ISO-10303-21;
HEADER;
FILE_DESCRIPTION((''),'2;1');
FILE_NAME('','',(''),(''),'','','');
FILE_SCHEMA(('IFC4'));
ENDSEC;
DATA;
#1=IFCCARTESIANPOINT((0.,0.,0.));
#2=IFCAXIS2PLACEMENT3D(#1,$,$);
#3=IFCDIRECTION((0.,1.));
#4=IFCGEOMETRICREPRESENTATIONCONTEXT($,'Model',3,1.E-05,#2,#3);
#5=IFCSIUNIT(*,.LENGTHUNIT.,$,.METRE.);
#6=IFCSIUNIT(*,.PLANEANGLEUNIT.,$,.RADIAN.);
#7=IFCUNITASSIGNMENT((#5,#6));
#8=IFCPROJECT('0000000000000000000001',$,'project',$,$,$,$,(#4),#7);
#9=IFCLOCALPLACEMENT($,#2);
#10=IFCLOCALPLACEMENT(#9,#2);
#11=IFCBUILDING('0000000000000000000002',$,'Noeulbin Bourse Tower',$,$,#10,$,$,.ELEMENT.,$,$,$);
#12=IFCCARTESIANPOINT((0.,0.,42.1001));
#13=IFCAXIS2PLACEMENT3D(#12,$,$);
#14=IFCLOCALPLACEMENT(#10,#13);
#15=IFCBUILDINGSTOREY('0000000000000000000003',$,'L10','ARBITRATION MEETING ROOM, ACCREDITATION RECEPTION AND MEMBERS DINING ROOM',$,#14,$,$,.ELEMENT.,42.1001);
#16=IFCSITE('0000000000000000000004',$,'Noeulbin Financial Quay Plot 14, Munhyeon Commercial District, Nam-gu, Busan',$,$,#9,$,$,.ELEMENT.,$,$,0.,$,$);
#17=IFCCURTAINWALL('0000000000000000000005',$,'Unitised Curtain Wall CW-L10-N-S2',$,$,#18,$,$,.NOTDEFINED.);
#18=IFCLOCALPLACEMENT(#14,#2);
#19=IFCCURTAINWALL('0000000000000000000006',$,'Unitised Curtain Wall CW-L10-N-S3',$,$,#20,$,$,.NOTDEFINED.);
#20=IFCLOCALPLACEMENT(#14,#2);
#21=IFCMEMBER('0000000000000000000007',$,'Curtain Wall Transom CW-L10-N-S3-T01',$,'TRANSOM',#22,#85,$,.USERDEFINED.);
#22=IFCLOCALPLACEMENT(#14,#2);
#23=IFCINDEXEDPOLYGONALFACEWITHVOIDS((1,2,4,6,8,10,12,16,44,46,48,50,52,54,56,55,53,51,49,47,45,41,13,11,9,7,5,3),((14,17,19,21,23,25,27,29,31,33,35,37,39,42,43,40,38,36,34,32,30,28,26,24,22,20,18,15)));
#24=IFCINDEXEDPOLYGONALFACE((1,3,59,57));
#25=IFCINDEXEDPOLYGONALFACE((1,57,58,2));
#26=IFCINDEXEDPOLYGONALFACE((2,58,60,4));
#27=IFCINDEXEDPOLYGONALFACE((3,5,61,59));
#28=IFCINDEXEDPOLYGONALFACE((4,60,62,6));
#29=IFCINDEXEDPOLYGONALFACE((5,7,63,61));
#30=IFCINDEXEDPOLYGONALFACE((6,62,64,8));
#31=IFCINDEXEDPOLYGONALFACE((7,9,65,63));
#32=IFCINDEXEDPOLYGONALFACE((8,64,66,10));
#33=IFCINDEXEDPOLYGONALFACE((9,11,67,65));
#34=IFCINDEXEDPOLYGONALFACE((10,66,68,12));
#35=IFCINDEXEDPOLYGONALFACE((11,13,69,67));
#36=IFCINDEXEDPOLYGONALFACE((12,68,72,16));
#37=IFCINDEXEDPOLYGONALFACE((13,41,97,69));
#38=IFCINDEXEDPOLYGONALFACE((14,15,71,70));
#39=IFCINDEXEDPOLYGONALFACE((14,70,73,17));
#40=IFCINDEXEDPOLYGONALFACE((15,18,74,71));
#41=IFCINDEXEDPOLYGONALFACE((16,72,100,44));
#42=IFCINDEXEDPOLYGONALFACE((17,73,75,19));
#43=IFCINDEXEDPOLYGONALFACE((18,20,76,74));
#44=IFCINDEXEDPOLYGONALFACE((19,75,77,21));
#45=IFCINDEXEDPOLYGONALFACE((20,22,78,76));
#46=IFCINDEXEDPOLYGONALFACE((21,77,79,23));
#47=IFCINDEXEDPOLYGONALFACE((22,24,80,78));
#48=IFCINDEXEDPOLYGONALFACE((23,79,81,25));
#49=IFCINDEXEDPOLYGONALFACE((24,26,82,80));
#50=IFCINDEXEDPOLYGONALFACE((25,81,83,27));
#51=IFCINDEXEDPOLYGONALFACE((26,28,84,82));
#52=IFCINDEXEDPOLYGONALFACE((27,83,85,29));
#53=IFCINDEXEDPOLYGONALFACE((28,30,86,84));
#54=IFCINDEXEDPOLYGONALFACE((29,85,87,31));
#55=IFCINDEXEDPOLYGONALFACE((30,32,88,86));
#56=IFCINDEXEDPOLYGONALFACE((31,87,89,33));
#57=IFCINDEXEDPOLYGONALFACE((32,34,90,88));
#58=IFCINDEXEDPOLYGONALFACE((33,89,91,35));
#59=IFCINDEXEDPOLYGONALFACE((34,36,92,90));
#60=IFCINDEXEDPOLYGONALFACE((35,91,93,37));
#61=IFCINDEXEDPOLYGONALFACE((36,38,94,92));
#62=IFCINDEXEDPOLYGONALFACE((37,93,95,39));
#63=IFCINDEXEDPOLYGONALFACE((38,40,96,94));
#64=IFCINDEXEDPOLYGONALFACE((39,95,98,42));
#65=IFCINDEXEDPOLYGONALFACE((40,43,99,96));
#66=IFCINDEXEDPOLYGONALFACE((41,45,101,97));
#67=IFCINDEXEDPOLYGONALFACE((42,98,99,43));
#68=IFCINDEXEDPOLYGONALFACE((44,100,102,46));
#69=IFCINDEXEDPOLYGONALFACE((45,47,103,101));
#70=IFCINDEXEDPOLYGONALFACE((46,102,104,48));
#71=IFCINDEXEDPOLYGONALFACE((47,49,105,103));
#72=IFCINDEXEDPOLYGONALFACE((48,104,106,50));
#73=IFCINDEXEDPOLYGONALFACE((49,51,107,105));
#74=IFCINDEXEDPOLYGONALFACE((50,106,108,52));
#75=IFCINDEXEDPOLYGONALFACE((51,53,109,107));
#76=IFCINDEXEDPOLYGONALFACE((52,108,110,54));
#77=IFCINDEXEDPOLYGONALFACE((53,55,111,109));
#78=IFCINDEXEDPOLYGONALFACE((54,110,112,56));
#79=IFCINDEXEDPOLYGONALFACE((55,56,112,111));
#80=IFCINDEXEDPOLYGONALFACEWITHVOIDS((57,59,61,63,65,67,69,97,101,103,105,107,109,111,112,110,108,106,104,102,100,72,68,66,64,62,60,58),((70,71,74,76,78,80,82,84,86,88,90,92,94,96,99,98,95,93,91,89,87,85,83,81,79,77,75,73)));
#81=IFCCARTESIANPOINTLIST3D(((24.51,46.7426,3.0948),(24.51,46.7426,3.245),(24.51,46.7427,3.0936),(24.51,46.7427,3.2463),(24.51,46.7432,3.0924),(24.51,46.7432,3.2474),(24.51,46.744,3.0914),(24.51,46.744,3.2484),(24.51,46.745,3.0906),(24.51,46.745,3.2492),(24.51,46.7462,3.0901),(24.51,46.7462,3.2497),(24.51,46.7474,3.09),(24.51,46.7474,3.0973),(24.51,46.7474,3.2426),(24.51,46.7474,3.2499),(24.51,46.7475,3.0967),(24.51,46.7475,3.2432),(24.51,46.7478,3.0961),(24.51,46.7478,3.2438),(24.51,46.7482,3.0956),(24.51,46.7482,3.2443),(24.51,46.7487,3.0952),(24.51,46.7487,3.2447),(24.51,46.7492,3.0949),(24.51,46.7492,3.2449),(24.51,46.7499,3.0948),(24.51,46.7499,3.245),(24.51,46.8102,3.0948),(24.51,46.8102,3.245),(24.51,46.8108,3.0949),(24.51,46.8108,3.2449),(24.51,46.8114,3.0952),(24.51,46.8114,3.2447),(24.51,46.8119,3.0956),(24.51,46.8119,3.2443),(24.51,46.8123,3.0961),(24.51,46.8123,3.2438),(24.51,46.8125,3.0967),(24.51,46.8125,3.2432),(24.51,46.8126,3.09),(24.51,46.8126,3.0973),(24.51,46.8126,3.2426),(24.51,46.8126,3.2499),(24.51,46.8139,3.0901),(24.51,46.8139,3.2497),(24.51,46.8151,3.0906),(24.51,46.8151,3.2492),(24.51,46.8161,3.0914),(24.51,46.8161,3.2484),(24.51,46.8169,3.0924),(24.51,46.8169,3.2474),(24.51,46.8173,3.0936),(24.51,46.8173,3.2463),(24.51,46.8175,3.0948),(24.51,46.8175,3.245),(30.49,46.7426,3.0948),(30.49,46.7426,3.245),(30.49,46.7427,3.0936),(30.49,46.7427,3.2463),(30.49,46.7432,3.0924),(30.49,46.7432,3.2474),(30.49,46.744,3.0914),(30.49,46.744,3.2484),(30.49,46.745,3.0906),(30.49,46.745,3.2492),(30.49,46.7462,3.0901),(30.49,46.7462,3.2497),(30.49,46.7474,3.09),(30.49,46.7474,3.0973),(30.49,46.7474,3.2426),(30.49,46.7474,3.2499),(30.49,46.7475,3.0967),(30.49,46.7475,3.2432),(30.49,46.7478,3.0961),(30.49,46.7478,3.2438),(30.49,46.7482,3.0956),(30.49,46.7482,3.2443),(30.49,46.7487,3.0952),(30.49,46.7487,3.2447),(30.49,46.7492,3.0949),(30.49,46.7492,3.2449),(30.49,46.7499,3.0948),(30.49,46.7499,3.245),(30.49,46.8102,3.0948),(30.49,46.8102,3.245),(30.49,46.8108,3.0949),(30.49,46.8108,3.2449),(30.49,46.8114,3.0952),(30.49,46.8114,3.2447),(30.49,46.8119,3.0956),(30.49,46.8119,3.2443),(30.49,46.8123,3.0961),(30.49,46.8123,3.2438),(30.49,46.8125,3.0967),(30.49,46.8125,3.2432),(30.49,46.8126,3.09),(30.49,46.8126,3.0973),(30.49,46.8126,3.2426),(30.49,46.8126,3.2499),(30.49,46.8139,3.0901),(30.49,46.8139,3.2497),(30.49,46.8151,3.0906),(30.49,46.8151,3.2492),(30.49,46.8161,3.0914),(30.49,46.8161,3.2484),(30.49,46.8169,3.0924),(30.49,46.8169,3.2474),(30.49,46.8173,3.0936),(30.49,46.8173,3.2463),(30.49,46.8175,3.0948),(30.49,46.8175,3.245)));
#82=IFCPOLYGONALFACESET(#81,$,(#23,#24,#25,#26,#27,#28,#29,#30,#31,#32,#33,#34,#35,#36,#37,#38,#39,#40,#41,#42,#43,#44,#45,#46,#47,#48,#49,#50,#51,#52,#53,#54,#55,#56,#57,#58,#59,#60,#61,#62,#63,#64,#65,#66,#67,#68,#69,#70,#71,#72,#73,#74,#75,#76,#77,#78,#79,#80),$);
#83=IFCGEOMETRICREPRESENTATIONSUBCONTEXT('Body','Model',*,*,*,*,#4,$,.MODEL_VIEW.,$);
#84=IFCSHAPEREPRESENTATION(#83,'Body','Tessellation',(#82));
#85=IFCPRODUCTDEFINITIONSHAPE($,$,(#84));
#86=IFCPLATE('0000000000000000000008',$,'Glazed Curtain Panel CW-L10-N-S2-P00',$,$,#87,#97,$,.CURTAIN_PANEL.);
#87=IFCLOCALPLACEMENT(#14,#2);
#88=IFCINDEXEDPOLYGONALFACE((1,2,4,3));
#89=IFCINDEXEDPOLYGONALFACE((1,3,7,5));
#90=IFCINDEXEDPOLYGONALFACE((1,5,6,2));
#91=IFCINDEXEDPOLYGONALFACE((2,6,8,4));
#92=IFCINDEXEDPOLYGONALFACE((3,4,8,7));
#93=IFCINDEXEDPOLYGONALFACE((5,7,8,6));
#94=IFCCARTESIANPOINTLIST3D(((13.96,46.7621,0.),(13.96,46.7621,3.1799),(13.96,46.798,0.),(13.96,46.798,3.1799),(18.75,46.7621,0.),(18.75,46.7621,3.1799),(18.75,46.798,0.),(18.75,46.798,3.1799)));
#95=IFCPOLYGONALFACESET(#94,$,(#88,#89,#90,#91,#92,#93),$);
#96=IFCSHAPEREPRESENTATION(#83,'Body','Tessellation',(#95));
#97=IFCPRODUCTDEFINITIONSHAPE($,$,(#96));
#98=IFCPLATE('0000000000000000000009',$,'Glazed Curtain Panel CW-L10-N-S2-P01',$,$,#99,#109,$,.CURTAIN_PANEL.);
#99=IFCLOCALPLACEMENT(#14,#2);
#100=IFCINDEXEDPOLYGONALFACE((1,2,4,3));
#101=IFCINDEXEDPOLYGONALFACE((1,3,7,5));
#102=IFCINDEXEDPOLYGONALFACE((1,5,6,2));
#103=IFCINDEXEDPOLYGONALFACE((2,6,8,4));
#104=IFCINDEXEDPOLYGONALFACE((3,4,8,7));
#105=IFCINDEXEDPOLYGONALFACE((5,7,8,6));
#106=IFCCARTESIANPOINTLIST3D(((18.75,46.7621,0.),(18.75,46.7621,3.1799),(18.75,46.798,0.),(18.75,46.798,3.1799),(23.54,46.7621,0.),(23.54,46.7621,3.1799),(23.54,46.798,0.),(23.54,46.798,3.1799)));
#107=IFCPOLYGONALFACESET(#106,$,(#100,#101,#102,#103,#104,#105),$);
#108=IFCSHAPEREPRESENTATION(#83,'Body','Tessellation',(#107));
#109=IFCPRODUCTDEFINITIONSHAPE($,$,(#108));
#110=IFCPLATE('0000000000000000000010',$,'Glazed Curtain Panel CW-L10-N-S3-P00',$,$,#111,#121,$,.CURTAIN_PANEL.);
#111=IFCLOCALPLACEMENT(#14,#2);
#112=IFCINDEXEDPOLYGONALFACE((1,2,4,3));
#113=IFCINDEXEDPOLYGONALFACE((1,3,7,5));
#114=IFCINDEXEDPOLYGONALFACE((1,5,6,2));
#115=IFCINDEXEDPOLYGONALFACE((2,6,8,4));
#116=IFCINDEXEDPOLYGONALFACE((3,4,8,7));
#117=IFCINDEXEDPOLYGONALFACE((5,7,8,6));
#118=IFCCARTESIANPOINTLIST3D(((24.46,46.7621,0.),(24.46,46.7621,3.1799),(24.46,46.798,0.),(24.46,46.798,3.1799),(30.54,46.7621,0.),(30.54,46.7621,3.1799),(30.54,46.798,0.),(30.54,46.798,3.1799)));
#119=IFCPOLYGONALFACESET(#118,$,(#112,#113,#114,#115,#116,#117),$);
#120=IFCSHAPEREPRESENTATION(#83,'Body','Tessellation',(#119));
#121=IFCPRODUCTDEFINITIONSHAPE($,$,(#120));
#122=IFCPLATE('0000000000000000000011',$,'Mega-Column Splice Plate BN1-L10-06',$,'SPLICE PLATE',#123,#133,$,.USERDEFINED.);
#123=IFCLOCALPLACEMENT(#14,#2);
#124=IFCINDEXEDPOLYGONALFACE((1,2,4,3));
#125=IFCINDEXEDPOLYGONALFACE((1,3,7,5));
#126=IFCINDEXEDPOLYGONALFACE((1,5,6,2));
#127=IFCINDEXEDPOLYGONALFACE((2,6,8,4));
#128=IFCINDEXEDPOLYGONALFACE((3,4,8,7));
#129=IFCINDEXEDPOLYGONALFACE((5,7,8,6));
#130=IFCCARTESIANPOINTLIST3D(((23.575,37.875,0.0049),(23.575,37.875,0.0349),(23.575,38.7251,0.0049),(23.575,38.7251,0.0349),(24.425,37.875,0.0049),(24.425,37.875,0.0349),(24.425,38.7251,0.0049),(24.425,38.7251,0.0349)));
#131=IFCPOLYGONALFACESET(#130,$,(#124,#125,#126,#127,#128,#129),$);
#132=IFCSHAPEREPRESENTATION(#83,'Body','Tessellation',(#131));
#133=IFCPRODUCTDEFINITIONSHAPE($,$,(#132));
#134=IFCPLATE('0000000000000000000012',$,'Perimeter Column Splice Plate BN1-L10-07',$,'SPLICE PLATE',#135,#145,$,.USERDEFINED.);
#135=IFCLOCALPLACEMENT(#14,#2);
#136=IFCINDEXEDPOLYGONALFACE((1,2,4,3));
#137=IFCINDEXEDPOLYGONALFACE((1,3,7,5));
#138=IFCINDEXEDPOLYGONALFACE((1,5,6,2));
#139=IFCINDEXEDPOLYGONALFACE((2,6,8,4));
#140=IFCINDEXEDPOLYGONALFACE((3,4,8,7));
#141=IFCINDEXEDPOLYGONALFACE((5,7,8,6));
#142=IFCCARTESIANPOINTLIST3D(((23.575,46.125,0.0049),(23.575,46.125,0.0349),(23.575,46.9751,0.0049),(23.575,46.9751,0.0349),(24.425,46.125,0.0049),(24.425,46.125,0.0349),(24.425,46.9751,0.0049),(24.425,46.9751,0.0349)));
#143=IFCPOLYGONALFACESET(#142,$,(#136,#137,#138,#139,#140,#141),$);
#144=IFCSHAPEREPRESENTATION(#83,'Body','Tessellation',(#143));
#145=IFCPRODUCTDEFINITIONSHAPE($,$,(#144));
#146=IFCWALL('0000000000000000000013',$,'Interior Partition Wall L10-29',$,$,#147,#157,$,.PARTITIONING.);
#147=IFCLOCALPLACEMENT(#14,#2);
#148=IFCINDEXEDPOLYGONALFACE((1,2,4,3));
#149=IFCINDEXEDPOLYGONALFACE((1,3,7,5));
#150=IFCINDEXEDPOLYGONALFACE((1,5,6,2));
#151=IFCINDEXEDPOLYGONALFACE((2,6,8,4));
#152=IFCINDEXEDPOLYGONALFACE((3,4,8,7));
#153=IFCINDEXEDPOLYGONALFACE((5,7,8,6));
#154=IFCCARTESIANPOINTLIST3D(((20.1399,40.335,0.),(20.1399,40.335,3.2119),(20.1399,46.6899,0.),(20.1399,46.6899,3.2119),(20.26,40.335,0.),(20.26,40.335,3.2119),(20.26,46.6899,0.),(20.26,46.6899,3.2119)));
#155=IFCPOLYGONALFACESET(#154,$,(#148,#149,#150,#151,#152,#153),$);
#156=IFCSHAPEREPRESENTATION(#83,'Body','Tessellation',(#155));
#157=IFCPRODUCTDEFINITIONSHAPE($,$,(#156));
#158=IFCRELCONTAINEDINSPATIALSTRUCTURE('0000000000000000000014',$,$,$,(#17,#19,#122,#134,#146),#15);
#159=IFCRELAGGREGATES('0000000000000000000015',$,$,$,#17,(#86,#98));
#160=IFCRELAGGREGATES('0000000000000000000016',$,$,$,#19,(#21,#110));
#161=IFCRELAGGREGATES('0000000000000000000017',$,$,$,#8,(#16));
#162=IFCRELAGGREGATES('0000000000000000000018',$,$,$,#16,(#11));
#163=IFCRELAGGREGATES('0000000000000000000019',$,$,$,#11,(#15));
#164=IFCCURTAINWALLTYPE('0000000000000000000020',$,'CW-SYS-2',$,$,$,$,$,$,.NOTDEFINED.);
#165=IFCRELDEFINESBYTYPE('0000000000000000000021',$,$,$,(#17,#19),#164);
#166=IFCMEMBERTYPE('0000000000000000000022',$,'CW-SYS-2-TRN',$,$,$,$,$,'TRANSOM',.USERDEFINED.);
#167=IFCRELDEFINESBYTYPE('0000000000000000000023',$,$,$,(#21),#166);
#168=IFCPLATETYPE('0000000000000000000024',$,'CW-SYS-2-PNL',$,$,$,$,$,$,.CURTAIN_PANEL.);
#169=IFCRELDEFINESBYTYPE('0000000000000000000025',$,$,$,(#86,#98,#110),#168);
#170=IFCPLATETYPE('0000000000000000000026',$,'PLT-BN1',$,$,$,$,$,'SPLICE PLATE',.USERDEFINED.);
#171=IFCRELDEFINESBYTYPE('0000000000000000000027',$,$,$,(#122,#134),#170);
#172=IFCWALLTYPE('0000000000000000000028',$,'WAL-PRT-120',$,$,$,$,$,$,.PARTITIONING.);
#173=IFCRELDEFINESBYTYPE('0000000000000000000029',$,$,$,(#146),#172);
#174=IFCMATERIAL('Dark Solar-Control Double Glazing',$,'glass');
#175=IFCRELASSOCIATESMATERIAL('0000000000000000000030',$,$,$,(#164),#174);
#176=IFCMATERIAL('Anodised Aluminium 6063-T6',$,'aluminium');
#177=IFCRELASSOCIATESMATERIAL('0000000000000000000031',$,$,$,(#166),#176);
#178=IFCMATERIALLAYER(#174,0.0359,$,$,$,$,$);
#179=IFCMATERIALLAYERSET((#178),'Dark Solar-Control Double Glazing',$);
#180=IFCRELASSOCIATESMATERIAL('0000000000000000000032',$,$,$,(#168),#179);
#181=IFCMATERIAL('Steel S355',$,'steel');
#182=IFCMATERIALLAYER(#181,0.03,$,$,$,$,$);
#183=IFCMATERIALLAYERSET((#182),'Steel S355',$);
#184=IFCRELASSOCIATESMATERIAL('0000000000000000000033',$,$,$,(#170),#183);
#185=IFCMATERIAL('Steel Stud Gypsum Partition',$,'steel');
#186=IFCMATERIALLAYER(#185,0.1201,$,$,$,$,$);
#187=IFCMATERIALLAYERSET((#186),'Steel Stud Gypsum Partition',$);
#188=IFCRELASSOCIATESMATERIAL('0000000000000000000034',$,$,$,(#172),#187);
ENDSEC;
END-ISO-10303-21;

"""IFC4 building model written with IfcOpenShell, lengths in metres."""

from ifc_helpers import new_model, si_unit, direction, frame, frame_2d, origin, origin_2d, place, context, subcontext, project, spatial, rectangle, hollow_rectangle, extrude, material, layer, layer_set, material_profile, profile_set, type_object, element, aggregate, save


model = new_model("IFC4")

# Units and contexts
model_context = context("Model", 3, precision=1e-05, world=origin(), true_north=direction((0.0, 1.0)))
body_context = subcontext(model_context, "Body", "Model", "MODEL_VIEW")
ifc_project = project(units=[si_unit("LENGTHUNIT", "METRE"), si_unit("PLANEANGLEUNIT", "RADIAN")], contexts=[model_context])

# Site, building, storey
site_placement = place(None, origin())
site = spatial("IfcSite", under=ifc_project, at=site_placement, Name="Noeulbin Financial Quay Plot 14, Munhyeon Commercial District, Nam-gu, Busan", CompositionType="ELEMENT", RefElevation=0.0)
building_placement = place(site_placement, origin())
building = spatial("IfcBuilding", under=site, at=building_placement, Name="Noeulbin Bourse Tower", CompositionType="ELEMENT")
storey_placement = place(building_placement, frame((0.0, 0.0, 42.1001)))
storey = spatial("IfcBuildingStorey", under=building, at=storey_placement, Name="L10", Description="ARBITRATION MEETING ROOM, ACCREDITATION RECEPTION AND MEMBERS DINING ROOM", CompositionType="ELEMENT", Elevation=42.1001)

# Shared definitions
ifc_material_1 = material(Name="Steel S355", Category="steel")

# Curtain walls, member
ifc_material_2 = material(Name="Dark Solar-Control Double Glazing", Category="glass")
curtain_wall_type = type_object("IfcCurtainWallType", Name="CW-SYS-2", PredefinedType="NOTDEFINED", material=ifc_material_2)
curtain_wall_1_placement = place(storey_placement, origin())
curtain_wall_1 = element("IfcCurtainWall", 1, at=curtain_wall_1_placement, inside=storey, type_object=curtain_wall_type, Name="Unitised Curtain Wall CW-L10-N-S2", PredefinedType="NOTDEFINED")
ifc_material_3 = material(Name="Anodised Aluminium 6063-T6", Category="aluminium")
curtain_wall_2_placement = place(storey_placement, origin())
curtain_wall_2 = element("IfcCurtainWall", 2, at=curtain_wall_2_placement, inside=storey, type_object=curtain_wall_type, Name="Unitised Curtain Wall CW-L10-N-S3", PredefinedType="NOTDEFINED")
ifc_material_profile_1 = material_profile(ifc_material_3, hollow_rectangle(XDim=0.075, YDim=0.1599, WallThickness=0.0049, InnerFilletRadius=0.0024, OuterFilletRadius=0.0049, at=origin_2d()), Name="ALU-TRAN-75x160x5", Category="LoadBearing")
ifc_profile_set_1 = profile_set([ifc_material_profile_1], Name="Anodised Aluminium 6063-T6")
member_type_1 = type_object("IfcMemberType", Name="CW-SYS-2-TRN", ElementType="TRANSOM", PredefinedType="USERDEFINED", material=ifc_profile_set_1)
member_1_placement = place(storey_placement, frame((24.51, 46.78, 3.1699), z_axis=(1.0, 0.0, 0.0), x_axis=(0.0, 1.0, 0.0)))
member_1 = element("IfcMember", 3, at=member_1_placement, type_object=member_type_1, Name="Curtain Wall Transom CW-L10-N-S3-T01", ObjectType="TRANSOM", PredefinedType="USERDEFINED", context=body_context, shape_type="SweptSolid", body=[
    extrude(hollow_rectangle(XDim=0.075, YDim=0.1599, WallThickness=0.0049, InnerFilletRadius=0.0024, OuterFilletRadius=0.0049, at=origin_2d()), origin(), (0.0, 0.0, 1.0), 5.98),
])

# Plates
ifc_layer_1 = layer(ifc_material_2, 0.0359)
ifc_layer_set_1 = layer_set([ifc_layer_1], Name="Dark Solar-Control Double Glazing")
plate_type_1 = type_object("IfcPlateType", Name="CW-SYS-2-PNL", PredefinedType="CURTAIN_PANEL", material=ifc_layer_set_1)
plate_1_placement = place(storey_placement, frame((16.355, 46.78, 0.0), z_axis=(0.0, 0.0, 1.0), x_axis=(1.0, 0.0, 0.0)))
plate_1 = element("IfcPlate", 4, at=plate_1_placement, type_object=plate_type_1, Name="Glazed Curtain Panel CW-L10-N-S2-P00", PredefinedType="CURTAIN_PANEL", context=body_context, shape_type="SweptSolid", body=[
    extrude(rectangle(XDim=4.79, YDim=0.0359, at=origin_2d()), origin(), (0.0, 0.0, 1.0), 3.1799),
])
plate_2_placement = place(storey_placement, frame((21.145, 46.78, 0.0), z_axis=(0.0, 0.0, 1.0), x_axis=(1.0, 0.0, 0.0)))
plate_2 = element("IfcPlate", 5, at=plate_2_placement, type_object=plate_type_1, Name="Glazed Curtain Panel CW-L10-N-S2-P01", PredefinedType="CURTAIN_PANEL", context=body_context, shape_type="SweptSolid", body=[
    extrude(rectangle(XDim=4.79, YDim=0.0359, at=origin_2d()), origin(), (0.0, 0.0, 1.0), 3.1799),
])
aggregate(curtain_wall_1, [plate_1, plate_2])
plate_3_placement = place(storey_placement, frame((27.5, 46.78, 0.0), z_axis=(0.0, 0.0, 1.0), x_axis=(1.0, 0.0, 0.0)))
plate_3 = element("IfcPlate", 6, at=plate_3_placement, type_object=plate_type_1, Name="Glazed Curtain Panel CW-L10-N-S3-P00", PredefinedType="CURTAIN_PANEL", context=body_context, shape_type="SweptSolid", body=[
    extrude(rectangle(XDim=6.0801, YDim=0.0359, at=origin_2d()), origin(), (0.0, 0.0, 1.0), 3.1799),
])
aggregate(curtain_wall_2, [member_1, plate_3])

# Plates
ifc_layer_2 = layer(ifc_material_1, 0.03)
ifc_layer_set_2 = layer_set([ifc_layer_2], Name="Steel S355")
plate_type_2 = type_object("IfcPlateType", Name="PLT-BN1", ElementType="SPLICE PLATE", PredefinedType="USERDEFINED", material=ifc_layer_set_2)
for number, where, z_axis, x_axis, name in (
    (7, (24.0, 38.3, 0.0049), (0.0, 0.0, 1.0), (1.0, 0.0, 0.0), "Mega-Column Splice Plate BN1-L10-06"),
    (8, (24.0, 46.55, 0.0049), (0.0, 0.0, 1.0), (1.0, 0.0, 0.0), "Perimeter Column Splice Plate BN1-L10-07"),
):
    element("IfcPlate", number, at=place(storey_placement, frame(where, z_axis=z_axis, x_axis=x_axis)), inside=storey, type_object=plate_type_2, Name=name, ObjectType="SPLICE PLATE", PredefinedType="USERDEFINED", context=body_context, shape_type="SweptSolid", body=[
        extrude(rectangle(XDim=0.8501, YDim=0.8501, at=origin_2d()), origin(), (0.0, 0.0, 1.0), 0.03),
    ])

# Wall
ifc_material_4 = material(Name="Steel Stud Gypsum Partition", Category="steel")
ifc_layer_3 = layer(ifc_material_4, 0.1201)
ifc_layer_set_3 = layer_set([ifc_layer_3], Name="Steel Stud Gypsum Partition")
wall_type = type_object("IfcWallType", Name="WAL-PRT-120", PredefinedType="PARTITIONING", material=ifc_layer_set_3)
wall_placement = place(storey_placement, frame((20.2, 40.335, 0.0), z_axis=(0.0, 0.0, 1.0), x_axis=(0.0, 1.0, 0.0)))
element("IfcWall", 9, at=wall_placement, inside=storey, type_object=wall_type, Name="Interior Partition Wall L10-29", PredefinedType="PARTITIONING", context=body_context, shape_type="SweptSolid", body=[
    extrude(rectangle(XDim=6.355, YDim=0.1201, at=frame_2d((3.1775, 0.0))), origin(), (0.0, 0.0, 1.0), 3.2119),
])

save(model, "model.ifc")
